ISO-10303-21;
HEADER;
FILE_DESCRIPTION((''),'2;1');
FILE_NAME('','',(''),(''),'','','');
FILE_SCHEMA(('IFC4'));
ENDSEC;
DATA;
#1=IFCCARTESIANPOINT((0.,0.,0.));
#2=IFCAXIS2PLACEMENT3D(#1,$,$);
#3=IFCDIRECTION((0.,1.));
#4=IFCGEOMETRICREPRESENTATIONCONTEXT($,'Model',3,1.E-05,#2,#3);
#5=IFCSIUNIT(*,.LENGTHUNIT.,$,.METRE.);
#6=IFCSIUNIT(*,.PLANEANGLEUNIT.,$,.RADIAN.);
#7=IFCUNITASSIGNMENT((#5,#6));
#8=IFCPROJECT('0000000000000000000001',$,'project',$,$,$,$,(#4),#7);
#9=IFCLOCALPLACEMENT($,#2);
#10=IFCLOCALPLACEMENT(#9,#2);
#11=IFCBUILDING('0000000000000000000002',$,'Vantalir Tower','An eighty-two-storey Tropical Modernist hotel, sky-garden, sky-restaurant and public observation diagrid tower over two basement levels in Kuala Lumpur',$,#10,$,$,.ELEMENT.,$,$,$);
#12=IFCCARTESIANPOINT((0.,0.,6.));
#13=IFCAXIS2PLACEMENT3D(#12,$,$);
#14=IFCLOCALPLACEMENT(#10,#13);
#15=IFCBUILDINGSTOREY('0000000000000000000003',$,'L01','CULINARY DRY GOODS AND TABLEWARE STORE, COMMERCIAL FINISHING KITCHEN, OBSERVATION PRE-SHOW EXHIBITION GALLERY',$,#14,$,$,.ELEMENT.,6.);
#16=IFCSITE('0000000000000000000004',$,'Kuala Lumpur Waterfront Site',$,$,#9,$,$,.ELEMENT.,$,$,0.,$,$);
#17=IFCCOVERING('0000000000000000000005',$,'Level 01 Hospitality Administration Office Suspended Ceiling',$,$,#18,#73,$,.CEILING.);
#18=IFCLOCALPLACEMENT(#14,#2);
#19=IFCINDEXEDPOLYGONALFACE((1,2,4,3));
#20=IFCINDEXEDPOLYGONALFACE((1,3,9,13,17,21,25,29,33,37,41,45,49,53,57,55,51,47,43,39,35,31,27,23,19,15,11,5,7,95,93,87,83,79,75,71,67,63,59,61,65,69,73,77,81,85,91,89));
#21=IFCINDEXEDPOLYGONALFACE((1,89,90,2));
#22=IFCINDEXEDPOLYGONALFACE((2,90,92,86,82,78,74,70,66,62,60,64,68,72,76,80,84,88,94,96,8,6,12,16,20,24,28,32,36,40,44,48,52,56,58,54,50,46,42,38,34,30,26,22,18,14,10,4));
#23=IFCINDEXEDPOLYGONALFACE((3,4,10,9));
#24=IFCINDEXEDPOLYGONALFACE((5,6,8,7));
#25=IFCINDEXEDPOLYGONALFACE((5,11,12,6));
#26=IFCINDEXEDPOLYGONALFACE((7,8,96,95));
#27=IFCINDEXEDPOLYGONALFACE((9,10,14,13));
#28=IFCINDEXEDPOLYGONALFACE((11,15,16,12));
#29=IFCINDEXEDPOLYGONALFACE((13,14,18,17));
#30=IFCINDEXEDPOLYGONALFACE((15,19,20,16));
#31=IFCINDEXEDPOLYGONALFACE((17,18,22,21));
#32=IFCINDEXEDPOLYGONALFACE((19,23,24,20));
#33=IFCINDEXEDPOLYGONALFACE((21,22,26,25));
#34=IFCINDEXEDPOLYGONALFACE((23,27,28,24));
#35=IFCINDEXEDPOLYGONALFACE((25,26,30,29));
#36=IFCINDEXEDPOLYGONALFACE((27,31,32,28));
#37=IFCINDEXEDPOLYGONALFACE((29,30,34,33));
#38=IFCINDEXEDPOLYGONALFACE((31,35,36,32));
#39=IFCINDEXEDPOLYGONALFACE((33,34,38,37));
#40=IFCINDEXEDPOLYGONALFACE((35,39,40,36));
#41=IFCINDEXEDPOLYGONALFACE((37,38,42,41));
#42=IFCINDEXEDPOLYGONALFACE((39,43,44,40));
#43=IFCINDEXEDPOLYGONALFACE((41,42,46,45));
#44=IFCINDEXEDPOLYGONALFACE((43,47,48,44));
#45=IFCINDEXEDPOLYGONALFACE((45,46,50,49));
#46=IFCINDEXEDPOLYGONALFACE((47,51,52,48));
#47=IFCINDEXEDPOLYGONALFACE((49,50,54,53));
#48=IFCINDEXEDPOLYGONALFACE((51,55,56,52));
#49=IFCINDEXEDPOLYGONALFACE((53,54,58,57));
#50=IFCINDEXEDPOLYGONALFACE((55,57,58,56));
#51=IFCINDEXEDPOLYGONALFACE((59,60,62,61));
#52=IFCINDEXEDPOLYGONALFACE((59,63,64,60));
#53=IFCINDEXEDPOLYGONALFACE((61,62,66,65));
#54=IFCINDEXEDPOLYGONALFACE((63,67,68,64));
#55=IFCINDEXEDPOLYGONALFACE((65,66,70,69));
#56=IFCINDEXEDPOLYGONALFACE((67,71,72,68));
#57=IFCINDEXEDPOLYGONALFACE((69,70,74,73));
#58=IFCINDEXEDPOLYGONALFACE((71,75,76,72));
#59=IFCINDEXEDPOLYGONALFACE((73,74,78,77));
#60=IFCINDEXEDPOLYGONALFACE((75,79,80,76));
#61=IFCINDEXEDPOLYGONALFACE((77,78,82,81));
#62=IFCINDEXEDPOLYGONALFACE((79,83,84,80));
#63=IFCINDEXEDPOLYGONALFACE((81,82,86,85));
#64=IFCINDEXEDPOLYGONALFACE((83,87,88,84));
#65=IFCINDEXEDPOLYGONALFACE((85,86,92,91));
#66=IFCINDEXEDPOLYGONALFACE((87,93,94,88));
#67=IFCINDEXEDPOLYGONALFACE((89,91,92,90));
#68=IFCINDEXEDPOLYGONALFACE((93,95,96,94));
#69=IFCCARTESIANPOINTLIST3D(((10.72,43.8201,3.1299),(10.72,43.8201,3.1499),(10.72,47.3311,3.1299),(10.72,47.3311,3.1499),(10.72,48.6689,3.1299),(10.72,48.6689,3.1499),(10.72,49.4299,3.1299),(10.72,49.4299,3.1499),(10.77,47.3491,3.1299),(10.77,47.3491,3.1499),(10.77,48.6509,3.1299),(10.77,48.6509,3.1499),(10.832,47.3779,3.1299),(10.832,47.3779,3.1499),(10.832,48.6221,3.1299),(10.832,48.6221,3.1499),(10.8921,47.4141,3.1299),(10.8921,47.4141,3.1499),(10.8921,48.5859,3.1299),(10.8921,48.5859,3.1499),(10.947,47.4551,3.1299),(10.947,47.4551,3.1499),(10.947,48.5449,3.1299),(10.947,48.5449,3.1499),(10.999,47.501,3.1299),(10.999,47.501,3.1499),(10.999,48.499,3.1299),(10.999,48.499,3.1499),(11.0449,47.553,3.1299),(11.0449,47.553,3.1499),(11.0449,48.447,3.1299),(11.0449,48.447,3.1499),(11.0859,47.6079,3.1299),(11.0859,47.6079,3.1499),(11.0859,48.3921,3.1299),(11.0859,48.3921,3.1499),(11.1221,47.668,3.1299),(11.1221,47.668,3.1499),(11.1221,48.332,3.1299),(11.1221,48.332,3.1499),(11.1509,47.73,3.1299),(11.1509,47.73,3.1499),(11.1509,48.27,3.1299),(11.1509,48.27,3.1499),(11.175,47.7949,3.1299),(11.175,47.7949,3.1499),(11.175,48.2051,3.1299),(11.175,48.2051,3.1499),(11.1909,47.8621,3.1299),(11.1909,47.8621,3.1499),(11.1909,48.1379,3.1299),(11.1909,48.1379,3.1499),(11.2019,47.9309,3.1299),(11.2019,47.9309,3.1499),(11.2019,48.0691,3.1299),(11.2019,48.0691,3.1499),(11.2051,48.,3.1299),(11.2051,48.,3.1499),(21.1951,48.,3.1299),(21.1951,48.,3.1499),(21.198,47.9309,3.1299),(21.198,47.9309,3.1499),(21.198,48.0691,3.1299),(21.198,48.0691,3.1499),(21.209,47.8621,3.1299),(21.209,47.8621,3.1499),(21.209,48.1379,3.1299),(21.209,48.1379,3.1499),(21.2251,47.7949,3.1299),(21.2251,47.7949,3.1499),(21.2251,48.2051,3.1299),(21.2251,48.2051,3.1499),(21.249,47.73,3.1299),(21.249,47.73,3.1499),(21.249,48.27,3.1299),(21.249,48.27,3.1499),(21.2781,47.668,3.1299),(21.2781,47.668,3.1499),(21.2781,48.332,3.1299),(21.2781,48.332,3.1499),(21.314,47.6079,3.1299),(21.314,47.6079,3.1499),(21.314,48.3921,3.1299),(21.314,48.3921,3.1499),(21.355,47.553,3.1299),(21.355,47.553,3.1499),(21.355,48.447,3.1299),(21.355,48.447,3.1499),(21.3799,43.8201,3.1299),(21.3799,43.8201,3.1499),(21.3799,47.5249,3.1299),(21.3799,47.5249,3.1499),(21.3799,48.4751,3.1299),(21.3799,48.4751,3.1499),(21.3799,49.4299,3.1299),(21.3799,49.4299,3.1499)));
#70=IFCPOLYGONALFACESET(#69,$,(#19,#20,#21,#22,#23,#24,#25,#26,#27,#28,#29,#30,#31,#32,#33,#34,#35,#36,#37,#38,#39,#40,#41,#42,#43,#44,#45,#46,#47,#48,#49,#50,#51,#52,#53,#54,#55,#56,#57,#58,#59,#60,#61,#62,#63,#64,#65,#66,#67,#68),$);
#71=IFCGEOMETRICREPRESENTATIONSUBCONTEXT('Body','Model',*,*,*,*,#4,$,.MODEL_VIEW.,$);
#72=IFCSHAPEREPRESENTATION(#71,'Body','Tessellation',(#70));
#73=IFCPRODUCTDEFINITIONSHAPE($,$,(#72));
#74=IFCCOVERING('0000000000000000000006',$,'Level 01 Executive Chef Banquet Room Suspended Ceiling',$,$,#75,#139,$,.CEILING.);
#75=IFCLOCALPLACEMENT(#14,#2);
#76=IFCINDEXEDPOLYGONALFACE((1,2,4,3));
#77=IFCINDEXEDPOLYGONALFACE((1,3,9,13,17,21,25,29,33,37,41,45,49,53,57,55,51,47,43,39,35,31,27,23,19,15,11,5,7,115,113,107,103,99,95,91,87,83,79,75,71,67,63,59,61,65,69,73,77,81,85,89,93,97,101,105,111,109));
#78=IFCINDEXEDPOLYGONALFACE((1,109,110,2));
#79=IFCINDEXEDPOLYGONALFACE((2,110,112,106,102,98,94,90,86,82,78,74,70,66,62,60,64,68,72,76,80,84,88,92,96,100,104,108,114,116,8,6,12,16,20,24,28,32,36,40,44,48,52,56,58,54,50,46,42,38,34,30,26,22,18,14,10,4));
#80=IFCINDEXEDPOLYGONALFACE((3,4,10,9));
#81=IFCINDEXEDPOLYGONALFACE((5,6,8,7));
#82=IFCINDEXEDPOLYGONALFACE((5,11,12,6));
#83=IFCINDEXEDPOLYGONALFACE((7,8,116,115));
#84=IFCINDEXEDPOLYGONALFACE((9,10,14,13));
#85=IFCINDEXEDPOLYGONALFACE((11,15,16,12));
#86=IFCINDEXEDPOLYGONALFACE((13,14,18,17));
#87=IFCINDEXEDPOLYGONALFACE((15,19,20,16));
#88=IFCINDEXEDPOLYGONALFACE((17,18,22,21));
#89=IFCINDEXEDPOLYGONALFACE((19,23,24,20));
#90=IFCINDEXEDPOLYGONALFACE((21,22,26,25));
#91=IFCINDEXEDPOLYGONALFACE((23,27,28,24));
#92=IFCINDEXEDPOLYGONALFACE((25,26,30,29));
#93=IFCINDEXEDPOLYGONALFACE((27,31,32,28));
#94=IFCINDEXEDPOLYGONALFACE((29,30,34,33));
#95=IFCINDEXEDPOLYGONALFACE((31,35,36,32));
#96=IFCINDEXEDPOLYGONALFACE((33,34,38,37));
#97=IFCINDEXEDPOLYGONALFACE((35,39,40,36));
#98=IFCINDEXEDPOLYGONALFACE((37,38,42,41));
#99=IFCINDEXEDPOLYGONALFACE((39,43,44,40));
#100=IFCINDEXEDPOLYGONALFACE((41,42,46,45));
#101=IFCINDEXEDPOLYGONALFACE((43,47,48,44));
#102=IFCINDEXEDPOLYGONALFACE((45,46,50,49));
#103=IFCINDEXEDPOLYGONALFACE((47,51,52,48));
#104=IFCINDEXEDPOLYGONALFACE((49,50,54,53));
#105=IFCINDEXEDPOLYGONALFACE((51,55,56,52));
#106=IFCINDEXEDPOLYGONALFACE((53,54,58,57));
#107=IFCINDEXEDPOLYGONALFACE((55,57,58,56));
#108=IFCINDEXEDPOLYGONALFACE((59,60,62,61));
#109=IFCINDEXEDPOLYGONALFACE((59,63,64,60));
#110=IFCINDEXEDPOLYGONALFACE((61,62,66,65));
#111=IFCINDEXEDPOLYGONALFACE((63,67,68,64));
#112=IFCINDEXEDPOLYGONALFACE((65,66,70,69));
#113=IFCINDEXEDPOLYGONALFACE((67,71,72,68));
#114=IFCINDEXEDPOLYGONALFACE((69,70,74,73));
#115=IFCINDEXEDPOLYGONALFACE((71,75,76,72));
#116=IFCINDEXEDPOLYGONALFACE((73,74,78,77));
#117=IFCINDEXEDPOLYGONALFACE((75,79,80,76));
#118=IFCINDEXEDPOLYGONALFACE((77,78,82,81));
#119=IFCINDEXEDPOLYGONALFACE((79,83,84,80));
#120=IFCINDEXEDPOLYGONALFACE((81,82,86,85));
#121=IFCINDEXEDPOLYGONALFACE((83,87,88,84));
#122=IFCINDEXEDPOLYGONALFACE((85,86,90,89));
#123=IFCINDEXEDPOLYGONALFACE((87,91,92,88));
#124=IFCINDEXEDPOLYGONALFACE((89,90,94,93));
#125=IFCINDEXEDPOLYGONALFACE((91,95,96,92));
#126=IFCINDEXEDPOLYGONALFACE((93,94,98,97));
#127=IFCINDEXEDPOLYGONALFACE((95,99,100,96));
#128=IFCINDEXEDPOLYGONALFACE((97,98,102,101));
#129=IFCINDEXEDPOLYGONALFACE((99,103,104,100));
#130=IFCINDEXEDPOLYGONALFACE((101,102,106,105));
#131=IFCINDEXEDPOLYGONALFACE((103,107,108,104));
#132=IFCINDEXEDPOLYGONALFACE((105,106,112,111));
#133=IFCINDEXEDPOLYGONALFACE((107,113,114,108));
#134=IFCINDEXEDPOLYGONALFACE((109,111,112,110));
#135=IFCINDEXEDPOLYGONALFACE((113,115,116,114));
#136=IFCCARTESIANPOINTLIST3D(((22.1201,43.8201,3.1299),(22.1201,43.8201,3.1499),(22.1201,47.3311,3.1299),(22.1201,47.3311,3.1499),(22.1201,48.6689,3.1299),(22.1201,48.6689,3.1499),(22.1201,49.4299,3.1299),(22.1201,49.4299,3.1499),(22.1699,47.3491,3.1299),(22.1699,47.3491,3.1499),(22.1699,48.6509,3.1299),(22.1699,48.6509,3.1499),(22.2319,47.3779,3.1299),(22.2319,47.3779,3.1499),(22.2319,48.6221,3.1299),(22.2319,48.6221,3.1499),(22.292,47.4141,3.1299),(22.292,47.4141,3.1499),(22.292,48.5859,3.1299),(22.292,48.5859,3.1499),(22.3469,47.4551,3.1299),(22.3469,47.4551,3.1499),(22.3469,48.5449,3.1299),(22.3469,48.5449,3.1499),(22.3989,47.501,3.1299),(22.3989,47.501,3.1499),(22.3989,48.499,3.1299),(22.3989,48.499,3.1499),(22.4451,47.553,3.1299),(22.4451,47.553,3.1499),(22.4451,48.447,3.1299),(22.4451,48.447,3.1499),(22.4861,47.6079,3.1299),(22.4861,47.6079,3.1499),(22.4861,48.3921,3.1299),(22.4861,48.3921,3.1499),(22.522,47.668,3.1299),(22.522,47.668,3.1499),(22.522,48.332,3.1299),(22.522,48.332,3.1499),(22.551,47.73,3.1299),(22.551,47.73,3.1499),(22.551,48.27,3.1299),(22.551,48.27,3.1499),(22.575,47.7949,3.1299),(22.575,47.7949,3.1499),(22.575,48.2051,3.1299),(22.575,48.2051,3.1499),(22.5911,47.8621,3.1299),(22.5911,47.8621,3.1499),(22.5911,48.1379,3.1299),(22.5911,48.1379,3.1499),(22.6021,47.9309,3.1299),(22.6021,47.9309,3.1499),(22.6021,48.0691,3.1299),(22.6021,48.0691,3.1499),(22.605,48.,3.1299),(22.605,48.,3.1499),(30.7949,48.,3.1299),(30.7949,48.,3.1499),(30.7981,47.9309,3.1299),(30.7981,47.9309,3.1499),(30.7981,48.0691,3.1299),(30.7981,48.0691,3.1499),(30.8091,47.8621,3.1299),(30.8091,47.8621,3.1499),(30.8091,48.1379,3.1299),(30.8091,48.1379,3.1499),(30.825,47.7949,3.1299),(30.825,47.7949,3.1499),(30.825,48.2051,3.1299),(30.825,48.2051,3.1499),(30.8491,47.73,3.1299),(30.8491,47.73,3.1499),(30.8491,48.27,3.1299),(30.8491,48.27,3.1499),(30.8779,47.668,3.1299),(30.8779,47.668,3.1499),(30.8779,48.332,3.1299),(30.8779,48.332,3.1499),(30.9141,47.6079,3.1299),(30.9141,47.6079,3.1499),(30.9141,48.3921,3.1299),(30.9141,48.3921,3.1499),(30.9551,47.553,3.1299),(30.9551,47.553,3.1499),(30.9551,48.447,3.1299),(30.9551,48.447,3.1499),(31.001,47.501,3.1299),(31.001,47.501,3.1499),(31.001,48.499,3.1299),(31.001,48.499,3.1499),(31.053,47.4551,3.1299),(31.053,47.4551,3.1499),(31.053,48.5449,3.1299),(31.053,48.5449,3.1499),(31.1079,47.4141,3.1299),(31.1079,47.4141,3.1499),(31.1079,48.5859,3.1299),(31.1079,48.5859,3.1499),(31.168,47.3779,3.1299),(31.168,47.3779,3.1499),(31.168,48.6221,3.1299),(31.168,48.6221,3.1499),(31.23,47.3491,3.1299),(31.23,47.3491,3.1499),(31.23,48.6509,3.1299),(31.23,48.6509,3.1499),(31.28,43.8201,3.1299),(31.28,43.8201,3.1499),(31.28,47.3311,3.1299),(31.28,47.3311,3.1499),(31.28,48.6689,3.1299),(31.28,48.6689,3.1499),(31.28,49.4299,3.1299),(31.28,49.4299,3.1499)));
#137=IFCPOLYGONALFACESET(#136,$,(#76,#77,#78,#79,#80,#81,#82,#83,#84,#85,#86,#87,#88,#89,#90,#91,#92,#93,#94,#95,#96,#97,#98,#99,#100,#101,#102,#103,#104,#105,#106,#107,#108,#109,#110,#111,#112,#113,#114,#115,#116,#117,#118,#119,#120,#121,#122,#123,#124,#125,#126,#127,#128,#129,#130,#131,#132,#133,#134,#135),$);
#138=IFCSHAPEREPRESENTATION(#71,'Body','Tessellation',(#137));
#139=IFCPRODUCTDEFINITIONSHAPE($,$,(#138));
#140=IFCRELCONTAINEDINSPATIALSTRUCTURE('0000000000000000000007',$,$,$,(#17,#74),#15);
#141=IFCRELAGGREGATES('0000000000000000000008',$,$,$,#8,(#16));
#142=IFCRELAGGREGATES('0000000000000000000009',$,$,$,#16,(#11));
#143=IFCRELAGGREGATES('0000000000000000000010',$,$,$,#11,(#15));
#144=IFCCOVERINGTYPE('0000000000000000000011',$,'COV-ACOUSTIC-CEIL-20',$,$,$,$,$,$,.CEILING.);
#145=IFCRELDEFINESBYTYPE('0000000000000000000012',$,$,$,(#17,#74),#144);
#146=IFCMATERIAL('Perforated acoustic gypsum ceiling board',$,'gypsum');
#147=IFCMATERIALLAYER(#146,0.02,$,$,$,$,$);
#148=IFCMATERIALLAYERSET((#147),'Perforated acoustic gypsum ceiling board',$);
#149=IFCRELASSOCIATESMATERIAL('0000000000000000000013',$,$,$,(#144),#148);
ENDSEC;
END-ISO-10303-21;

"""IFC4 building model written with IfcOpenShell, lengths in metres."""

from ifc_helpers import new_model, si_unit, direction, frame, origin, place, context, subcontext, project, spatial, polyline, outline, extrude, material, layer, layer_set, type_object, element, save


model = new_model("IFC4")

# Units and contexts
model_context = context("Model", 3, precision=1e-05, world=origin(), true_north=direction((0.0, 1.0)))
body_context = subcontext(model_context, "Body", "Model", "MODEL_VIEW")
ifc_project = project(units=[si_unit("LENGTHUNIT", "METRE"), si_unit("PLANEANGLEUNIT", "RADIAN")], contexts=[model_context])

# Site, building, storey
site_placement = place(None, origin())
site = spatial("IfcSite", under=ifc_project, at=site_placement, Name="Kuala Lumpur Waterfront Site", CompositionType="ELEMENT", RefElevation=0.0)
building_placement = place(site_placement, origin())
building = spatial("IfcBuilding", under=site, at=building_placement, Name="Vantalir Tower", Description="An eighty-two-storey Tropical Modernist hotel, sky-garden, sky-restaurant and public observation diagrid tower over two basement levels in Kuala Lumpur", CompositionType="ELEMENT")
storey_placement = place(building_placement, frame((0.0, 0.0, 6.0)))
storey = spatial("IfcBuildingStorey", under=building, at=storey_placement, Name="L01", Description="CULINARY DRY GOODS AND TABLEWARE STORE, COMMERCIAL FINISHING KITCHEN, OBSERVATION PRE-SHOW EXHIBITION GALLERY", CompositionType="ELEMENT", Elevation=6.0)

# Coverings
ifc_material_1 = material(Name="Perforated acoustic gypsum ceiling board", Category="gypsum")
ifc_layer_1 = layer(ifc_material_1, 0.02)
ifc_layer_set_1 = layer_set([ifc_layer_1], Name="Perforated acoustic gypsum ceiling board")
covering_type_1 = type_object("IfcCoveringType", Name="COV-ACOUSTIC-CEIL-20", PredefinedType="CEILING", material=ifc_layer_set_1)
covering_1_placement = place(storey_placement, frame((0.0, 0.0, 3.1299)))
element("IfcCovering", 1, at=covering_1_placement, inside=storey, type_object=covering_type_1, Name="Level 01 Hospitality Administration Office Suspended Ceiling", PredefinedType="CEILING", context=body_context, shape_type="SweptSolid", body=[
    extrude(outline(polyline([(21.3799, 49.4299), (10.72, 49.4299), (10.72, 48.6689), (10.77, 48.6509), (10.832, 48.6221), (10.8921, 48.5859), (10.947, 48.5449), (10.999, 48.499), (11.0449, 48.447), (11.0859, 48.3921), (11.1221, 48.332), (11.1509, 48.27), (11.175, 48.2051), (11.1909, 48.1379), (11.2019, 48.0691), (11.2051, 48.0), (11.2019, 47.9309), (11.1909, 47.8621), (11.175, 47.7949), (11.1509, 47.73), (11.1221, 47.668), (11.0859, 47.6079), (11.0449, 47.553), (10.999, 47.501), (10.947, 47.4551), (10.8921, 47.4141), (10.832, 47.3779), (10.77, 47.3491), (10.72, 47.3311), (10.72, 43.8201), (21.3799, 43.8201), (21.3799, 47.5249), (21.355, 47.553), (21.314, 47.6079), (21.2781, 47.668), (21.249, 47.73), (21.2251, 47.7949), (21.209, 47.8621), (21.198, 47.9309), (21.1951, 48.0), (21.198, 48.0691), (21.209, 48.1379), (21.2251, 48.2051), (21.249, 48.27), (21.2781, 48.332), (21.314, 48.3921), (21.355, 48.447), (21.3799, 48.4751), (21.3799, 49.4299)])), origin(), (0.0, 0.0, 1.0), 0.02),
])
covering_2_placement = place(storey_placement, frame((0.0, 0.0, 3.1299)))
element("IfcCovering", 2, at=covering_2_placement, inside=storey, type_object=covering_type_1, Name="Level 01 Executive Chef Banquet Room Suspended Ceiling", PredefinedType="CEILING", context=body_context, shape_type="SweptSolid", body=[
    extrude(outline(polyline([(31.28, 49.4299), (22.1201, 49.4299), (22.1201, 48.6689), (22.1699, 48.6509), (22.2319, 48.6221), (22.292, 48.5859), (22.3469, 48.5449), (22.3989, 48.499), (22.4451, 48.447), (22.4861, 48.3921), (22.522, 48.332), (22.551, 48.27), (22.575, 48.2051), (22.5911, 48.1379), (22.6021, 48.0691), (22.605, 48.0), (22.6021, 47.9309), (22.5911, 47.8621), (22.575, 47.7949), (22.551, 47.73), (22.522, 47.668), (22.4861, 47.6079), (22.4451, 47.553), (22.3989, 47.501), (22.3469, 47.4551), (22.292, 47.4141), (22.2319, 47.3779), (22.1699, 47.3491), (22.1201, 47.3311), (22.1201, 43.8201), (31.28, 43.8201), (31.28, 47.3311), (31.23, 47.3491), (31.168, 47.3779), (31.1079, 47.4141), (31.053, 47.4551), (31.001, 47.501), (30.9551, 47.553), (30.9141, 47.6079), (30.8779, 47.668), (30.8491, 47.73), (30.825, 47.7949), (30.8091, 47.8621), (30.7981, 47.9309), (30.7949, 48.0), (30.7981, 48.0691), (30.8091, 48.1379), (30.825, 48.2051), (30.8491, 48.27), (30.8779, 48.332), (30.9141, 48.3921), (30.9551, 48.447), (31.001, 48.499), (31.053, 48.5449), (31.1079, 48.5859), (31.168, 48.6221), (31.23, 48.6509), (31.28, 48.6689), (31.28, 49.4299)])), origin(), (0.0, 0.0, 1.0), 0.02),
])

save(model, "model.ifc")
